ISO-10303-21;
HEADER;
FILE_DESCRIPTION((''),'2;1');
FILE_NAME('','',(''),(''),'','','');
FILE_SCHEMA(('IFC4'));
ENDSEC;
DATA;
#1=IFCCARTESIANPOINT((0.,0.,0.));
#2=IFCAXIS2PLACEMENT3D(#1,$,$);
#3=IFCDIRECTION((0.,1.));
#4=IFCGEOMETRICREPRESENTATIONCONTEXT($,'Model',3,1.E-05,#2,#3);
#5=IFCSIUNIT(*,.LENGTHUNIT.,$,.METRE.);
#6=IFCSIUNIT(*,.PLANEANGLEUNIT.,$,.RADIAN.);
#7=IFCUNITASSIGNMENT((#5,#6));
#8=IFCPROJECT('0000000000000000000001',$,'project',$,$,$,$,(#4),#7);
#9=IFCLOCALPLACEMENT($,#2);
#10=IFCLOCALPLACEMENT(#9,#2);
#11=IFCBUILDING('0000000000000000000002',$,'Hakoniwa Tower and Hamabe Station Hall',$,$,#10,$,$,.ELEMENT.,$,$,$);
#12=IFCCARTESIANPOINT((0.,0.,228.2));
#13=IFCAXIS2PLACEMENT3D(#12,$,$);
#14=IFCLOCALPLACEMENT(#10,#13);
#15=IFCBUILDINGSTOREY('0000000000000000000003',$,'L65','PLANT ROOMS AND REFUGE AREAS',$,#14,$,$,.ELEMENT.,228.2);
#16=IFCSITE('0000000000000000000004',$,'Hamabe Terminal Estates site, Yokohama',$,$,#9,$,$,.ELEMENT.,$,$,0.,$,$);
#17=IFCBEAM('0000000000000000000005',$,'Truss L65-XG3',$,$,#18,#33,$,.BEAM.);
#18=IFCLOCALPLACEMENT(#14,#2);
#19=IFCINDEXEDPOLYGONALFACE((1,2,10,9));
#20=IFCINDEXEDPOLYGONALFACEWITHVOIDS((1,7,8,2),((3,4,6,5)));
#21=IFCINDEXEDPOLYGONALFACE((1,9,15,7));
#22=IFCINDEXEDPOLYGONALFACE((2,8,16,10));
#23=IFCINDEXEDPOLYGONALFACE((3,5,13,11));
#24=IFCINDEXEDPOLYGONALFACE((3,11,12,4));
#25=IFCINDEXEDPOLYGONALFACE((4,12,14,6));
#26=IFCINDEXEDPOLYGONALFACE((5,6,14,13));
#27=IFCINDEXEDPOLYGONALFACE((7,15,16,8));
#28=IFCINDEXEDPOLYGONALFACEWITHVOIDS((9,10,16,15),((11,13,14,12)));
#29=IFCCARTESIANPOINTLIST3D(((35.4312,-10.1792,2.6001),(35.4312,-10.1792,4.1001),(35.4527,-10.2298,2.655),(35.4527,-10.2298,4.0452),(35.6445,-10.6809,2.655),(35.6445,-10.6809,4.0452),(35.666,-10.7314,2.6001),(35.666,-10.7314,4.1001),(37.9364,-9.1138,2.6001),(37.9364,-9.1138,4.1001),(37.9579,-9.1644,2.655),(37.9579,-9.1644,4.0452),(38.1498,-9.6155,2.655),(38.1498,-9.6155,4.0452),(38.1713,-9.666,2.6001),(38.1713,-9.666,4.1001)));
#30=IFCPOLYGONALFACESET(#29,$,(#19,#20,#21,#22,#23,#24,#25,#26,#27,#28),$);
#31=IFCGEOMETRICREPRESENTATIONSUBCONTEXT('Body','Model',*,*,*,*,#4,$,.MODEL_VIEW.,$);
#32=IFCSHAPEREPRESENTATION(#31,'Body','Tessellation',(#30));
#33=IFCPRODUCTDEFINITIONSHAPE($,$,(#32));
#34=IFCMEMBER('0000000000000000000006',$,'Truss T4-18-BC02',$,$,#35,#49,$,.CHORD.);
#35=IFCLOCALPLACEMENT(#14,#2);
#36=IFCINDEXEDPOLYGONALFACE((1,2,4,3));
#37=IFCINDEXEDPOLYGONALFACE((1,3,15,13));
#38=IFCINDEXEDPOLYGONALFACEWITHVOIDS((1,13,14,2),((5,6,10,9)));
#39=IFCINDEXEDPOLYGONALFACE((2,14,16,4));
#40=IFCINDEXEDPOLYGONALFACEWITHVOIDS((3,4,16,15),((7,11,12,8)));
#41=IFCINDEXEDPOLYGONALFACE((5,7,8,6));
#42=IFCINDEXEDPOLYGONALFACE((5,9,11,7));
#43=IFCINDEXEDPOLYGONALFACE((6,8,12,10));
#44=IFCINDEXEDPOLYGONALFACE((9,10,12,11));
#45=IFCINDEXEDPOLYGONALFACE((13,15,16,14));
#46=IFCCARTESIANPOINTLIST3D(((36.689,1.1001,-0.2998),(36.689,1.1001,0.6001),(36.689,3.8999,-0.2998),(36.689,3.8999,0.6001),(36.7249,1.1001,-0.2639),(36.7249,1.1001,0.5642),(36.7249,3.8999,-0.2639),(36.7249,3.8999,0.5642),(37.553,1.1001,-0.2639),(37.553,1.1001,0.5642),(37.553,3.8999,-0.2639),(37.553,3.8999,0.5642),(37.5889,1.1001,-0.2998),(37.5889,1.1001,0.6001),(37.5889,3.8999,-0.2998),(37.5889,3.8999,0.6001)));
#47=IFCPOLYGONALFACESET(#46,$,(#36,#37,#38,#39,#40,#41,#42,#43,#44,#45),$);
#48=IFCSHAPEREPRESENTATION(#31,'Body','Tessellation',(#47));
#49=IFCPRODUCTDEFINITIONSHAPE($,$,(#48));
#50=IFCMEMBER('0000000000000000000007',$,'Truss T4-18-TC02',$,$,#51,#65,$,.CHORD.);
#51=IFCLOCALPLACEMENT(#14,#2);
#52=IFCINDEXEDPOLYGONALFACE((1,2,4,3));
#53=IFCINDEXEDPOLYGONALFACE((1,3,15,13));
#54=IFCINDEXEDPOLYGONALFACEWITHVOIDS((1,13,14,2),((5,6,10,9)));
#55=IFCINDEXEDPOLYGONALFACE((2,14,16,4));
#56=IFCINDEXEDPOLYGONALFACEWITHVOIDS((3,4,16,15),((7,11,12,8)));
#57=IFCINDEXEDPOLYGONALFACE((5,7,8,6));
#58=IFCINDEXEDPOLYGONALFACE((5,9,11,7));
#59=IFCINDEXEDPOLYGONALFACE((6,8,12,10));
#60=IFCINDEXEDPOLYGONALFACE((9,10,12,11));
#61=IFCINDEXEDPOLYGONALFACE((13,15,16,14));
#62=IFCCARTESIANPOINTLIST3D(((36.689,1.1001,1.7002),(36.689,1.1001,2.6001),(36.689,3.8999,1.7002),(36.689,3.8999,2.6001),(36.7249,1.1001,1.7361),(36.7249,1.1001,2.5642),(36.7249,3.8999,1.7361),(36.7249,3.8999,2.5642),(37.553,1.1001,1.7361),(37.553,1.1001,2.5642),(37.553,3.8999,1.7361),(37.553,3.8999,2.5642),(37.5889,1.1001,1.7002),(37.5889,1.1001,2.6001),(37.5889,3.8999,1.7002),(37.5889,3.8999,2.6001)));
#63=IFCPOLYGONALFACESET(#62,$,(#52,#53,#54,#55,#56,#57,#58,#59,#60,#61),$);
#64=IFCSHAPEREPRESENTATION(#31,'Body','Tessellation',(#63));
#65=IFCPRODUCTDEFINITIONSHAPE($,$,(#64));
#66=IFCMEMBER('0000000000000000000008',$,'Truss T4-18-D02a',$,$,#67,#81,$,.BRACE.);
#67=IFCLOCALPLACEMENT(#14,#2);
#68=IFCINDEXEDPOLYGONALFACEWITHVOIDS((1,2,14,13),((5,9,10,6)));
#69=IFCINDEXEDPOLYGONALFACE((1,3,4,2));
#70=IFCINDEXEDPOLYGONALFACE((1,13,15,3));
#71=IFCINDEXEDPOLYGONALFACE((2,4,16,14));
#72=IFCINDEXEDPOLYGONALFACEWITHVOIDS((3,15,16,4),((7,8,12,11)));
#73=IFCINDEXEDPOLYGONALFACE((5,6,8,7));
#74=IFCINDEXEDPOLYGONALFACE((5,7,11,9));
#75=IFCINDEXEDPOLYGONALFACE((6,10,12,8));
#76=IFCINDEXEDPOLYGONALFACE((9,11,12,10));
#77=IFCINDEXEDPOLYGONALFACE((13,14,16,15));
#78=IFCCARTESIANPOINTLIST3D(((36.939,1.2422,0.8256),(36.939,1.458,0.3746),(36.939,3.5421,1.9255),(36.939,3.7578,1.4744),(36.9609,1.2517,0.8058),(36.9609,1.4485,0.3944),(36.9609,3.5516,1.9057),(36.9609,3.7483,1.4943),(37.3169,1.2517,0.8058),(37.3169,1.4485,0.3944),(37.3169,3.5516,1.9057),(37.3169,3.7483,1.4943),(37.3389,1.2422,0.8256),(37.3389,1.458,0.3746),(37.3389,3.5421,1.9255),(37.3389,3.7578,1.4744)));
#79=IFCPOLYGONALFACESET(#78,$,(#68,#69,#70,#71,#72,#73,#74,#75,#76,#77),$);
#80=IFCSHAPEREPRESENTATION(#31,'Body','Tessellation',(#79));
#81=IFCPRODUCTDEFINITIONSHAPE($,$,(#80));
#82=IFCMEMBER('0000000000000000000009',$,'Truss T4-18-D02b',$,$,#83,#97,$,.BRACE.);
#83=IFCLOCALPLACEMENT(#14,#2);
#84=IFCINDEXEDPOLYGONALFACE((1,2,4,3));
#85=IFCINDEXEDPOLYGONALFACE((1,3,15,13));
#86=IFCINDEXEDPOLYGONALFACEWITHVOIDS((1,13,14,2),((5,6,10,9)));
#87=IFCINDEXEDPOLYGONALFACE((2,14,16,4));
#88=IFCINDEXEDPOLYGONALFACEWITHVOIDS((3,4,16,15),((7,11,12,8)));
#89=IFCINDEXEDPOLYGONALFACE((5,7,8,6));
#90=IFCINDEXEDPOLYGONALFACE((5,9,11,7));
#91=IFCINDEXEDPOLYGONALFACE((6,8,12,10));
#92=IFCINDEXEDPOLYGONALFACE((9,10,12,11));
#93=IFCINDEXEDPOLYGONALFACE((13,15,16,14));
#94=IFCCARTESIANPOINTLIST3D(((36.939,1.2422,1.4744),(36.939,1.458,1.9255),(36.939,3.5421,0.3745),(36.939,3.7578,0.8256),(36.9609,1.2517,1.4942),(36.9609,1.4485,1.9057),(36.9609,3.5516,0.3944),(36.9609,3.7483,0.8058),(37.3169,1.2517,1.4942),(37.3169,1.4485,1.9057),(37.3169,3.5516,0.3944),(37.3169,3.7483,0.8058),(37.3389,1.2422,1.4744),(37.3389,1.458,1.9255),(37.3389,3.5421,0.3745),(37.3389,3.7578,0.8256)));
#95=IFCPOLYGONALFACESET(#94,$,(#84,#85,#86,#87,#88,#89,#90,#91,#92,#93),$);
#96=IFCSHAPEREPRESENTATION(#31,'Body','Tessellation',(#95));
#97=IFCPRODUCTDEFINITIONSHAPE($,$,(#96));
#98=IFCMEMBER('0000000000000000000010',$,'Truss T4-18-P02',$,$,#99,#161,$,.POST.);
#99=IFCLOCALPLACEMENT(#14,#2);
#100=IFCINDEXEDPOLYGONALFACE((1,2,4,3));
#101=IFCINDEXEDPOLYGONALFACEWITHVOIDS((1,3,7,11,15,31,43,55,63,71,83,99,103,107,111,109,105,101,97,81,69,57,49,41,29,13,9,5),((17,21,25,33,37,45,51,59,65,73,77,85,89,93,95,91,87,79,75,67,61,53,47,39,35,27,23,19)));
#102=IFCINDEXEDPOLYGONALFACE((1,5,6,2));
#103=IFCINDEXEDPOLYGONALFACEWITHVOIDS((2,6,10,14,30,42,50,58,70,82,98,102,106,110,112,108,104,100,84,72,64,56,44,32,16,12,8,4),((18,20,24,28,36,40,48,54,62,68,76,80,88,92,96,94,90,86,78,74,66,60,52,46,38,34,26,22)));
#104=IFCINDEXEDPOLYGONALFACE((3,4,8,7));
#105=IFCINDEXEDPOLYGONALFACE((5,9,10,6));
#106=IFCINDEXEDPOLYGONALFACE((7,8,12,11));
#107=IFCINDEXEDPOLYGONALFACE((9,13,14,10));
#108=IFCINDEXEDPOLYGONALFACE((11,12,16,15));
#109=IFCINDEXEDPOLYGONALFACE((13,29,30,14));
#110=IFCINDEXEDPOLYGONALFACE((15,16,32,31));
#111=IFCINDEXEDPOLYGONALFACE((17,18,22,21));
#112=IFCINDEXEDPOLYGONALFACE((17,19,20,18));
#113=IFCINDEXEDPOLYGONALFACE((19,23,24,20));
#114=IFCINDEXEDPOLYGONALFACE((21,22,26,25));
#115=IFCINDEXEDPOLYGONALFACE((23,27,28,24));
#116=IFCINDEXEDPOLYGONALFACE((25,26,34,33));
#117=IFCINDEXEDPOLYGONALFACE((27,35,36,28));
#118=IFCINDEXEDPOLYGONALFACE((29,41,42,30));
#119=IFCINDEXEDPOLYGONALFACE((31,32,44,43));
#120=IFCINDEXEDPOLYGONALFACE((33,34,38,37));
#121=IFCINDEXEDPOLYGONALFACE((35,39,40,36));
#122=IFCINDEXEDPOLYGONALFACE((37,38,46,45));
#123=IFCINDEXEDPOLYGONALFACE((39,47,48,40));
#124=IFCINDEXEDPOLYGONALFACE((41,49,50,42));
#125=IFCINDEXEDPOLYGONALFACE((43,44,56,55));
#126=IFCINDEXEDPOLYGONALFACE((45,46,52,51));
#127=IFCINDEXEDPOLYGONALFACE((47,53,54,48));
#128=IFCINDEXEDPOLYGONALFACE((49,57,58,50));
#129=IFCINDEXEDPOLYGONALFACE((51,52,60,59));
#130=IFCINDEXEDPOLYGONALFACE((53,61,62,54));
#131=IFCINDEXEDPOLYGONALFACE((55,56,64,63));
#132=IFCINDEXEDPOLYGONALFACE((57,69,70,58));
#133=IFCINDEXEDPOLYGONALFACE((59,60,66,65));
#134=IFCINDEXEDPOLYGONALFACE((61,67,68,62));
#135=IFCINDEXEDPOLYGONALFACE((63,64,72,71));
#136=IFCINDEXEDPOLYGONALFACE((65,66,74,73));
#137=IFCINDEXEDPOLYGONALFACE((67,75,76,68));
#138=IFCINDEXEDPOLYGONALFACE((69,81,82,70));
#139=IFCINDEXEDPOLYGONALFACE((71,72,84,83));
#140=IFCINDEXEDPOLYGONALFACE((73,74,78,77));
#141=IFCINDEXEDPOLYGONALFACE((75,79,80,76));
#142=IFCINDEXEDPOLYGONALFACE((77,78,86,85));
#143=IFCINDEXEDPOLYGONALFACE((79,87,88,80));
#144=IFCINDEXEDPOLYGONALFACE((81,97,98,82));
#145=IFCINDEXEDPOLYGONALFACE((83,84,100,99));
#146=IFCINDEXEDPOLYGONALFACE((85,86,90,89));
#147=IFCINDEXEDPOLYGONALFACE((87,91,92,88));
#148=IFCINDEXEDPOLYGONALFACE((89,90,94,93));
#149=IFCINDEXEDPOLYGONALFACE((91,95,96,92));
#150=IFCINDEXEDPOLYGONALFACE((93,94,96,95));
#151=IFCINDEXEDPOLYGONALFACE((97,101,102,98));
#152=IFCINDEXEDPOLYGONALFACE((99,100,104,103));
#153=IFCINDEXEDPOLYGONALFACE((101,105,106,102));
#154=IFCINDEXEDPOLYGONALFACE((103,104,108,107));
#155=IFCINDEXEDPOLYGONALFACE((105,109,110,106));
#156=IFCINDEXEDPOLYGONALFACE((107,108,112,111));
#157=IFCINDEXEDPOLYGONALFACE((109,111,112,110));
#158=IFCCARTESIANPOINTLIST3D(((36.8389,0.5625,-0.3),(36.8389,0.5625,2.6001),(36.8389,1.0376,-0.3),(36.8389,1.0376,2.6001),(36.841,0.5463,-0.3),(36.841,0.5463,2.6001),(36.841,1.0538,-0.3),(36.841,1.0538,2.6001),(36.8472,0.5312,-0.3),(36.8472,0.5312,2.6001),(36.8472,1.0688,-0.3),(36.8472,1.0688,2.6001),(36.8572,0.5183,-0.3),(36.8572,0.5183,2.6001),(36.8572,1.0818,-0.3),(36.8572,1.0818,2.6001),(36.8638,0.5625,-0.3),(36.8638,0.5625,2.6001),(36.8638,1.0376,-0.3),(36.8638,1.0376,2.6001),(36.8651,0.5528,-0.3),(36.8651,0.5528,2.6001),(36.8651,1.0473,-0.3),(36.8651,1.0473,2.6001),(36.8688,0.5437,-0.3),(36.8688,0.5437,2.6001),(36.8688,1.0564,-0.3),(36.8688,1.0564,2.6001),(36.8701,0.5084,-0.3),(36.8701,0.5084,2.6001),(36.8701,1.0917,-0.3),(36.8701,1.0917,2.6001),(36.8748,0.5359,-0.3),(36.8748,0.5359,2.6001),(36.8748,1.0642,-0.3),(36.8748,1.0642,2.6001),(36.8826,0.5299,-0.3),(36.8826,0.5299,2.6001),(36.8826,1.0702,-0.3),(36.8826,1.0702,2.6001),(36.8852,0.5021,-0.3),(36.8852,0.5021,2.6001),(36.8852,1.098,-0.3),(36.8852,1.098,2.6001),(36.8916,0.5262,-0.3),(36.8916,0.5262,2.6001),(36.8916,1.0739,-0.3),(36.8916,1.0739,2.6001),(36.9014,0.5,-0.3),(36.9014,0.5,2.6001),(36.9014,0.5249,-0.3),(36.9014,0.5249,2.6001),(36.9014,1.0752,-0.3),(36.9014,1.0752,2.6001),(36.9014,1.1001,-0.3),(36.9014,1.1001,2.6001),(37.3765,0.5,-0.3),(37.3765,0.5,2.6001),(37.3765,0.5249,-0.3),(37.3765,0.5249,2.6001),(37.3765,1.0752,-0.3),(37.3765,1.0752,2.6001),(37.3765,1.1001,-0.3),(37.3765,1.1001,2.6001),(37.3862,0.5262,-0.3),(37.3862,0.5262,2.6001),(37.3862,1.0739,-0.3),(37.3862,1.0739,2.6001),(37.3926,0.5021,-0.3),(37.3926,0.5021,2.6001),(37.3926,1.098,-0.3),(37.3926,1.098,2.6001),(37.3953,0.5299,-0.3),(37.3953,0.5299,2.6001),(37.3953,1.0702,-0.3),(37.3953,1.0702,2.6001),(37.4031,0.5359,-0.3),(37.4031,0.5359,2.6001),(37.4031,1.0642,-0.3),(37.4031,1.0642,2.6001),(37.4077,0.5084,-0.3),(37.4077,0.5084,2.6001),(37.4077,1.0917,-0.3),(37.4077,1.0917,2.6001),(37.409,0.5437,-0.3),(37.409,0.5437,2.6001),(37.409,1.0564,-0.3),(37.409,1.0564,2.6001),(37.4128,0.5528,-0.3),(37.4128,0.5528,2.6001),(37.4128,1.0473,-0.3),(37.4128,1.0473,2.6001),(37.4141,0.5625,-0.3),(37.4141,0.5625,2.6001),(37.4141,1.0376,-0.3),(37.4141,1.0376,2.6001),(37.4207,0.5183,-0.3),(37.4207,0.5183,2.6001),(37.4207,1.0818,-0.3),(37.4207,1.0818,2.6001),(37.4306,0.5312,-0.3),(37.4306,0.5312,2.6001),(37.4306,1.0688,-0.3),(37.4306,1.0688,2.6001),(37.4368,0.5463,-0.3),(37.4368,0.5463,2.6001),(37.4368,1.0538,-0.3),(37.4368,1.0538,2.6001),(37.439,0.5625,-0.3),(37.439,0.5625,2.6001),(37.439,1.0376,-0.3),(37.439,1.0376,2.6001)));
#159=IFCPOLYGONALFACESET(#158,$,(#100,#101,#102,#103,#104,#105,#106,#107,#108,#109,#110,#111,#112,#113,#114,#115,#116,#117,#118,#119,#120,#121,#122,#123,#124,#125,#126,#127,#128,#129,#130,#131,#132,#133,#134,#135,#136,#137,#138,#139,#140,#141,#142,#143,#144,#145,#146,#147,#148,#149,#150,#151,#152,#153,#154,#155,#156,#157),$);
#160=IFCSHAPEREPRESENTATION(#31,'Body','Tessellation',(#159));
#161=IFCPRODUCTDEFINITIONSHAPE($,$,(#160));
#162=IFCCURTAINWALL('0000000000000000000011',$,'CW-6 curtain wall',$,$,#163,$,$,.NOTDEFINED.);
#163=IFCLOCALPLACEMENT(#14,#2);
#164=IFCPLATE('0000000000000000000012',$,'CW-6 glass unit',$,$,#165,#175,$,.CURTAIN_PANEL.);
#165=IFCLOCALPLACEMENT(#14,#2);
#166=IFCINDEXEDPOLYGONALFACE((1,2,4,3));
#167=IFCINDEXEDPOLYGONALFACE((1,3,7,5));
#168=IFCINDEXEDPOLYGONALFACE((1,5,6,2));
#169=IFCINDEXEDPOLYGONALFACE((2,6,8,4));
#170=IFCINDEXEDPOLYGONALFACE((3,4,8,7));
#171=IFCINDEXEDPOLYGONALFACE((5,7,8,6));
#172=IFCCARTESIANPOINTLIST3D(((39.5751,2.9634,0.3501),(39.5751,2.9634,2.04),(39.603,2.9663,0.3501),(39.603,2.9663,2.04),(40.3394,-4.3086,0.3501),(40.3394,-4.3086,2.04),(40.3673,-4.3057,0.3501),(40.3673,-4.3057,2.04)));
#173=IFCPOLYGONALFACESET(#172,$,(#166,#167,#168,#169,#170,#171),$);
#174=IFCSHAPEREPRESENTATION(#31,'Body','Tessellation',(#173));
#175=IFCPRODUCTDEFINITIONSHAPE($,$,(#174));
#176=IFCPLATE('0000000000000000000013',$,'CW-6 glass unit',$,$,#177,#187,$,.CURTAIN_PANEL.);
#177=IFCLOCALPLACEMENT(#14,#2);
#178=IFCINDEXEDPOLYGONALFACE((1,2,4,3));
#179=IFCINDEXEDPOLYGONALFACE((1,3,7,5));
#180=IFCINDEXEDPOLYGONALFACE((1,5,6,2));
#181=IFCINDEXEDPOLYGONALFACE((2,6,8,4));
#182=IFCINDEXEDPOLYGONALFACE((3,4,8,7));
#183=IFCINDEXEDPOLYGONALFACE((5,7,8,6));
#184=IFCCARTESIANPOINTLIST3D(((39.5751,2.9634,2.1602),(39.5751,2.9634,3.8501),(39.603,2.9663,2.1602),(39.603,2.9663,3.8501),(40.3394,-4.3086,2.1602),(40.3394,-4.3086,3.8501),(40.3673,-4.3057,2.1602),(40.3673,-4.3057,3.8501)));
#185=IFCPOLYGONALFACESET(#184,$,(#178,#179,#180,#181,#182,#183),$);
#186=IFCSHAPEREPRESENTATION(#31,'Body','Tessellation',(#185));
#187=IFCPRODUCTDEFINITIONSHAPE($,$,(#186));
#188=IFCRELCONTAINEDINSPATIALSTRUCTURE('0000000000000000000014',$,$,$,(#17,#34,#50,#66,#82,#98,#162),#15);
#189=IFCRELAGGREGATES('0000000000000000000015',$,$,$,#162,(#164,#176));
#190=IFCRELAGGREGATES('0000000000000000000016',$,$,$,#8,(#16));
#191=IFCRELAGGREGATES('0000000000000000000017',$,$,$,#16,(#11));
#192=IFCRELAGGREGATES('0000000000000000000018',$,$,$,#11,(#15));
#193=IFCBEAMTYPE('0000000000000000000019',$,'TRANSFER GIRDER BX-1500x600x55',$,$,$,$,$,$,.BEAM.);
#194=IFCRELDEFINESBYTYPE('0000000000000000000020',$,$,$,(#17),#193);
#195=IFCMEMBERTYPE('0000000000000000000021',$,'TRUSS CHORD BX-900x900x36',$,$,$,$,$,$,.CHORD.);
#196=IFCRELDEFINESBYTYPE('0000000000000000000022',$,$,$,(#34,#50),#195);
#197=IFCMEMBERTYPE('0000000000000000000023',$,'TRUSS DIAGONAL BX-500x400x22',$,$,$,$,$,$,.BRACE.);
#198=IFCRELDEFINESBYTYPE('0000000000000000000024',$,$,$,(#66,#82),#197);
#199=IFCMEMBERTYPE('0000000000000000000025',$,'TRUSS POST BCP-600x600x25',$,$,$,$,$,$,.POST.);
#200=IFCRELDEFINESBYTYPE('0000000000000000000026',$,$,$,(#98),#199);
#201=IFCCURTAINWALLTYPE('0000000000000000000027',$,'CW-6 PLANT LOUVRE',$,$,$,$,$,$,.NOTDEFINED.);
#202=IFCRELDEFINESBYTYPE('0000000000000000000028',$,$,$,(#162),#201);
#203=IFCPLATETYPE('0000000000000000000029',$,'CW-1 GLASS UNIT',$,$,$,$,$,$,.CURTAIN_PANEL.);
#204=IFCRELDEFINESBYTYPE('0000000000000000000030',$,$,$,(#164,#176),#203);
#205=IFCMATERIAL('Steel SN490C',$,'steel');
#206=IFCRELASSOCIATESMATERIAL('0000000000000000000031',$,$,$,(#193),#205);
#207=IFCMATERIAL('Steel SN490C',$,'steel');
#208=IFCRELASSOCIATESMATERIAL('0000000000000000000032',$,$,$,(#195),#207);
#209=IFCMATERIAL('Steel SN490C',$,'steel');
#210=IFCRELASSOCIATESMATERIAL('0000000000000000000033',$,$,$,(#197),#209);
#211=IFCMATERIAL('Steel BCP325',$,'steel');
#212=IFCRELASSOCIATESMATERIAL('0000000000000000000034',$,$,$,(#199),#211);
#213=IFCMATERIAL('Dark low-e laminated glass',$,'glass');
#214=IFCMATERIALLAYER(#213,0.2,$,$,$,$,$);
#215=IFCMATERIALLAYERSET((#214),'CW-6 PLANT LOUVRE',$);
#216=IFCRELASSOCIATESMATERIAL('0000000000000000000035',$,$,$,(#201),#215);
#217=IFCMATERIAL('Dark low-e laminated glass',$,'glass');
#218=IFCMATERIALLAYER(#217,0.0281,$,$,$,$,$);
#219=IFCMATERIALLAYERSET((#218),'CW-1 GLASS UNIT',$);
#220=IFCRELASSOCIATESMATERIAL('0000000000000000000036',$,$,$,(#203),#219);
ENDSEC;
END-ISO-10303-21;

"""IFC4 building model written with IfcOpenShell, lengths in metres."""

from ifc_helpers import new_model, si_unit, direction, frame, origin, origin_2d, place, context, subcontext, project, spatial, rectangle, hollow_rectangle, extrude, material, layer, layer_set, material_profile, profile_set, type_object, element, aggregate, save


model = new_model("IFC4")

# Units and contexts
model_context = context("Model", 3, precision=1e-05, world=origin(), true_north=direction((0.0, 1.0)))
body_context = subcontext(model_context, "Body", "Model", "MODEL_VIEW")
ifc_project = project(units=[si_unit("LENGTHUNIT", "METRE"), si_unit("PLANEANGLEUNIT", "RADIAN")], contexts=[model_context])

# Site, building, storey
site_placement = place(None, origin())
site = spatial("IfcSite", under=ifc_project, at=site_placement, Name="Hamabe Terminal Estates site, Yokohama", CompositionType="ELEMENT", RefElevation=0.0)
building_placement = place(site_placement, origin())
building = spatial("IfcBuilding", under=site, at=building_placement, Name="Hakoniwa Tower and Hamabe Station Hall", CompositionType="ELEMENT")
storey_placement = place(building_placement, frame((0.0, 0.0, 228.2)))
storey = spatial("IfcBuildingStorey", under=building, at=storey_placement, Name="L65", Description="PLANT ROOMS AND REFUGE AREAS", CompositionType="ELEMENT", Elevation=228.2)

# Beam
ifc_material_1 = material(Name="Steel SN490C", Category="steel")
ifc_material_profile_1 = material_profile(ifc_material_1, hollow_rectangle(XDim=0.6001, YDim=1.5, WallThickness=0.0549, at=origin_2d()), Name="BX-1500x600x55")
ifc_profile_set_1 = profile_set([ifc_material_profile_1], Name="Steel SN490C")
beam_type = type_object("IfcBeamType", Name="TRANSFER GIRDER BX-1500x600x55", PredefinedType="BEAM", material=ifc_profile_set_1)
beam_placement = place(storey_placement, frame((35.5486, -10.4553, 3.3501), z_axis=(0.920245, 0.391342, 0.0), x_axis=(-0.391342, 0.920245, 0.0)))
element("IfcBeam", 1, at=beam_placement, inside=storey, type_object=beam_type, Name="Truss L65-XG3", PredefinedType="BEAM", context=body_context, shape_type="SweptSolid", body=[
    extrude(hollow_rectangle(XDim=0.6001, YDim=1.5, WallThickness=0.0549, at=origin_2d()), origin(), (0.0, 0.0, 1.0), 2.7224),
])

# Members
ifc_material_2 = material(Name="Steel SN490C", Category="steel")
ifc_material_profile_2 = material_profile(ifc_material_2, hollow_rectangle(XDim=0.8999, YDim=0.8999, WallThickness=0.0359, at=origin_2d()), Name="BX-900x900x36")
ifc_profile_set_2 = profile_set([ifc_material_profile_2], Name="Steel SN490C")
member_type_1 = type_object("IfcMemberType", Name="TRUSS CHORD BX-900x900x36", PredefinedType="CHORD", material=ifc_profile_set_2)
for number, where, z_axis, x_axis, name in (
    (2, (37.1389, 1.1001, 0.1501), (0.0, 1.0, 0.0), (-1.0, 0.0, 0.0), "Truss T4-18-BC02"),
    (3, (37.1389, 1.1001, 2.1501), (0.0, 1.0, 0.0), (-1.0, 0.0, 0.0), "Truss T4-18-TC02"),
):
    element("IfcMember", number, at=place(storey_placement, frame(where, z_axis=z_axis, x_axis=x_axis)), inside=storey, type_object=member_type_1, Name=name, PredefinedType="CHORD", context=body_context, shape_type="SweptSolid", body=[
        extrude(hollow_rectangle(XDim=0.8999, YDim=0.8999, WallThickness=0.0359, at=origin_2d()), origin(), (0.0, 0.0, 1.0), 2.7998),
    ])
ifc_material_3 = material(Name="Steel SN490C", Category="steel")
ifc_material_profile_3 = material_profile(ifc_material_3, hollow_rectangle(XDim=0.3999, YDim=0.5, WallThickness=0.022, at=origin_2d()), Name="BX-500x400x22")
ifc_profile_set_3 = profile_set([ifc_material_profile_3], Name="Steel SN490C")
member_type_2 = type_object("IfcMemberType", Name="TRUSS DIAGONAL BX-500x400x22", PredefinedType="BRACE", material=ifc_profile_set_3)
for number, where, z_axis, x_axis, name in (
    (4, (37.1389, 1.3501, 0.6001), (0.0, 0.902142, 0.431439), (-1.0, 0.0, 0.0), "Truss T4-18-D02a"),
    (5, (37.1389, 1.3501, 1.7), (0.0, 0.902142, -0.431439), (-1.0, 0.0, 0.0), "Truss T4-18-D02b"),
):
    element("IfcMember", number, at=place(storey_placement, frame(where, z_axis=z_axis, x_axis=x_axis)), inside=storey, type_object=member_type_2, Name=name, PredefinedType="BRACE", context=body_context, shape_type="SweptSolid", body=[
        extrude(hollow_rectangle(XDim=0.3999, YDim=0.5, WallThickness=0.022, at=origin_2d()), origin(), (0.0, 0.0, 1.0), 2.5493),
    ])
ifc_material_4 = material(Name="Steel BCP325", Category="steel")
ifc_material_profile_4 = material_profile(ifc_material_4, hollow_rectangle(XDim=0.6001, YDim=0.6001, WallThickness=0.0249, InnerFilletRadius=0.0376, OuterFilletRadius=0.0625, at=origin_2d()), Name="BCP-600x600x25")
ifc_profile_set_4 = profile_set([ifc_material_profile_4], Name="Steel BCP325")
member_type_3 = type_object("IfcMemberType", Name="TRUSS POST BCP-600x600x25", PredefinedType="POST", material=ifc_profile_set_4)
member_placement = place(storey_placement, frame((37.1389, 0.8, -0.3), z_axis=(0.0, 0.0, 1.0), x_axis=(1.0, 0.0, 0.0)))
element("IfcMember", 6, at=member_placement, inside=storey, type_object=member_type_3, Name="Truss T4-18-P02", PredefinedType="POST", context=body_context, shape_type="SweptSolid", body=[
    extrude(hollow_rectangle(XDim=0.6001, YDim=0.6001, WallThickness=0.0249, InnerFilletRadius=0.0376, OuterFilletRadius=0.0625, at=origin_2d()), origin(), (0.0, 0.0, 1.0), 2.9001),
])

# Curtain wall, plates
ifc_material_5 = material(Name="Dark low-e laminated glass", Category="glass")
ifc_layer_1 = layer(ifc_material_5, 0.2)
ifc_layer_set_1 = layer_set([ifc_layer_1], Name="CW-6 PLANT LOUVRE")
curtain_wall_type = type_object("IfcCurtainWallType", Name="CW-6 PLANT LOUVRE", PredefinedType="NOTDEFINED", material=ifc_layer_set_1)
curtain_wall_placement = place(storey_placement, origin())
curtain_wall = element("IfcCurtainWall", 7, at=curtain_wall_placement, inside=storey, type_object=curtain_wall_type, Name="CW-6 curtain wall", PredefinedType="NOTDEFINED")
ifc_material_6 = material(Name="Dark low-e laminated glass", Category="glass")
ifc_layer_2 = layer(ifc_material_6, 0.0281)
ifc_layer_set_2 = layer_set([ifc_layer_2], Name="CW-1 GLASS UNIT")
plate_type = type_object("IfcPlateType", Name="CW-1 GLASS UNIT", PredefinedType="CURTAIN_PANEL", material=ifc_layer_set_2)
plate_1_placement = place(storey_placement, frame((39.9712, -0.6711, 0.3501), z_axis=(0.0, 0.0, 1.0), x_axis=(-0.104528, 0.994522, 0.0)))
plate_1 = element("IfcPlate", 8, at=plate_1_placement, type_object=plate_type, Name="CW-6 glass unit", PredefinedType="CURTAIN_PANEL", context=body_context, shape_type="SweptSolid", body=[
    extrude(rectangle(XDim=7.312, YDim=0.0281, at=origin_2d()), origin(), (0.0, 0.0, 1.0), 1.6899),
])
plate_2_placement = place(storey_placement, frame((39.9712, -0.6711, 2.1602), z_axis=(0.0, 0.0, 1.0), x_axis=(-0.104528, 0.994522, 0.0)))
plate_2 = element("IfcPlate", 9, at=plate_2_placement, type_object=plate_type, Name="CW-6 glass unit", PredefinedType="CURTAIN_PANEL", context=body_context, shape_type="SweptSolid", body=[
    extrude(rectangle(XDim=7.312, YDim=0.0281, at=origin_2d()), origin(), (0.0, 0.0, 1.0), 1.6899),
])

aggregate(curtain_wall, [plate_1, plate_2])

save(model, "model.ifc")
